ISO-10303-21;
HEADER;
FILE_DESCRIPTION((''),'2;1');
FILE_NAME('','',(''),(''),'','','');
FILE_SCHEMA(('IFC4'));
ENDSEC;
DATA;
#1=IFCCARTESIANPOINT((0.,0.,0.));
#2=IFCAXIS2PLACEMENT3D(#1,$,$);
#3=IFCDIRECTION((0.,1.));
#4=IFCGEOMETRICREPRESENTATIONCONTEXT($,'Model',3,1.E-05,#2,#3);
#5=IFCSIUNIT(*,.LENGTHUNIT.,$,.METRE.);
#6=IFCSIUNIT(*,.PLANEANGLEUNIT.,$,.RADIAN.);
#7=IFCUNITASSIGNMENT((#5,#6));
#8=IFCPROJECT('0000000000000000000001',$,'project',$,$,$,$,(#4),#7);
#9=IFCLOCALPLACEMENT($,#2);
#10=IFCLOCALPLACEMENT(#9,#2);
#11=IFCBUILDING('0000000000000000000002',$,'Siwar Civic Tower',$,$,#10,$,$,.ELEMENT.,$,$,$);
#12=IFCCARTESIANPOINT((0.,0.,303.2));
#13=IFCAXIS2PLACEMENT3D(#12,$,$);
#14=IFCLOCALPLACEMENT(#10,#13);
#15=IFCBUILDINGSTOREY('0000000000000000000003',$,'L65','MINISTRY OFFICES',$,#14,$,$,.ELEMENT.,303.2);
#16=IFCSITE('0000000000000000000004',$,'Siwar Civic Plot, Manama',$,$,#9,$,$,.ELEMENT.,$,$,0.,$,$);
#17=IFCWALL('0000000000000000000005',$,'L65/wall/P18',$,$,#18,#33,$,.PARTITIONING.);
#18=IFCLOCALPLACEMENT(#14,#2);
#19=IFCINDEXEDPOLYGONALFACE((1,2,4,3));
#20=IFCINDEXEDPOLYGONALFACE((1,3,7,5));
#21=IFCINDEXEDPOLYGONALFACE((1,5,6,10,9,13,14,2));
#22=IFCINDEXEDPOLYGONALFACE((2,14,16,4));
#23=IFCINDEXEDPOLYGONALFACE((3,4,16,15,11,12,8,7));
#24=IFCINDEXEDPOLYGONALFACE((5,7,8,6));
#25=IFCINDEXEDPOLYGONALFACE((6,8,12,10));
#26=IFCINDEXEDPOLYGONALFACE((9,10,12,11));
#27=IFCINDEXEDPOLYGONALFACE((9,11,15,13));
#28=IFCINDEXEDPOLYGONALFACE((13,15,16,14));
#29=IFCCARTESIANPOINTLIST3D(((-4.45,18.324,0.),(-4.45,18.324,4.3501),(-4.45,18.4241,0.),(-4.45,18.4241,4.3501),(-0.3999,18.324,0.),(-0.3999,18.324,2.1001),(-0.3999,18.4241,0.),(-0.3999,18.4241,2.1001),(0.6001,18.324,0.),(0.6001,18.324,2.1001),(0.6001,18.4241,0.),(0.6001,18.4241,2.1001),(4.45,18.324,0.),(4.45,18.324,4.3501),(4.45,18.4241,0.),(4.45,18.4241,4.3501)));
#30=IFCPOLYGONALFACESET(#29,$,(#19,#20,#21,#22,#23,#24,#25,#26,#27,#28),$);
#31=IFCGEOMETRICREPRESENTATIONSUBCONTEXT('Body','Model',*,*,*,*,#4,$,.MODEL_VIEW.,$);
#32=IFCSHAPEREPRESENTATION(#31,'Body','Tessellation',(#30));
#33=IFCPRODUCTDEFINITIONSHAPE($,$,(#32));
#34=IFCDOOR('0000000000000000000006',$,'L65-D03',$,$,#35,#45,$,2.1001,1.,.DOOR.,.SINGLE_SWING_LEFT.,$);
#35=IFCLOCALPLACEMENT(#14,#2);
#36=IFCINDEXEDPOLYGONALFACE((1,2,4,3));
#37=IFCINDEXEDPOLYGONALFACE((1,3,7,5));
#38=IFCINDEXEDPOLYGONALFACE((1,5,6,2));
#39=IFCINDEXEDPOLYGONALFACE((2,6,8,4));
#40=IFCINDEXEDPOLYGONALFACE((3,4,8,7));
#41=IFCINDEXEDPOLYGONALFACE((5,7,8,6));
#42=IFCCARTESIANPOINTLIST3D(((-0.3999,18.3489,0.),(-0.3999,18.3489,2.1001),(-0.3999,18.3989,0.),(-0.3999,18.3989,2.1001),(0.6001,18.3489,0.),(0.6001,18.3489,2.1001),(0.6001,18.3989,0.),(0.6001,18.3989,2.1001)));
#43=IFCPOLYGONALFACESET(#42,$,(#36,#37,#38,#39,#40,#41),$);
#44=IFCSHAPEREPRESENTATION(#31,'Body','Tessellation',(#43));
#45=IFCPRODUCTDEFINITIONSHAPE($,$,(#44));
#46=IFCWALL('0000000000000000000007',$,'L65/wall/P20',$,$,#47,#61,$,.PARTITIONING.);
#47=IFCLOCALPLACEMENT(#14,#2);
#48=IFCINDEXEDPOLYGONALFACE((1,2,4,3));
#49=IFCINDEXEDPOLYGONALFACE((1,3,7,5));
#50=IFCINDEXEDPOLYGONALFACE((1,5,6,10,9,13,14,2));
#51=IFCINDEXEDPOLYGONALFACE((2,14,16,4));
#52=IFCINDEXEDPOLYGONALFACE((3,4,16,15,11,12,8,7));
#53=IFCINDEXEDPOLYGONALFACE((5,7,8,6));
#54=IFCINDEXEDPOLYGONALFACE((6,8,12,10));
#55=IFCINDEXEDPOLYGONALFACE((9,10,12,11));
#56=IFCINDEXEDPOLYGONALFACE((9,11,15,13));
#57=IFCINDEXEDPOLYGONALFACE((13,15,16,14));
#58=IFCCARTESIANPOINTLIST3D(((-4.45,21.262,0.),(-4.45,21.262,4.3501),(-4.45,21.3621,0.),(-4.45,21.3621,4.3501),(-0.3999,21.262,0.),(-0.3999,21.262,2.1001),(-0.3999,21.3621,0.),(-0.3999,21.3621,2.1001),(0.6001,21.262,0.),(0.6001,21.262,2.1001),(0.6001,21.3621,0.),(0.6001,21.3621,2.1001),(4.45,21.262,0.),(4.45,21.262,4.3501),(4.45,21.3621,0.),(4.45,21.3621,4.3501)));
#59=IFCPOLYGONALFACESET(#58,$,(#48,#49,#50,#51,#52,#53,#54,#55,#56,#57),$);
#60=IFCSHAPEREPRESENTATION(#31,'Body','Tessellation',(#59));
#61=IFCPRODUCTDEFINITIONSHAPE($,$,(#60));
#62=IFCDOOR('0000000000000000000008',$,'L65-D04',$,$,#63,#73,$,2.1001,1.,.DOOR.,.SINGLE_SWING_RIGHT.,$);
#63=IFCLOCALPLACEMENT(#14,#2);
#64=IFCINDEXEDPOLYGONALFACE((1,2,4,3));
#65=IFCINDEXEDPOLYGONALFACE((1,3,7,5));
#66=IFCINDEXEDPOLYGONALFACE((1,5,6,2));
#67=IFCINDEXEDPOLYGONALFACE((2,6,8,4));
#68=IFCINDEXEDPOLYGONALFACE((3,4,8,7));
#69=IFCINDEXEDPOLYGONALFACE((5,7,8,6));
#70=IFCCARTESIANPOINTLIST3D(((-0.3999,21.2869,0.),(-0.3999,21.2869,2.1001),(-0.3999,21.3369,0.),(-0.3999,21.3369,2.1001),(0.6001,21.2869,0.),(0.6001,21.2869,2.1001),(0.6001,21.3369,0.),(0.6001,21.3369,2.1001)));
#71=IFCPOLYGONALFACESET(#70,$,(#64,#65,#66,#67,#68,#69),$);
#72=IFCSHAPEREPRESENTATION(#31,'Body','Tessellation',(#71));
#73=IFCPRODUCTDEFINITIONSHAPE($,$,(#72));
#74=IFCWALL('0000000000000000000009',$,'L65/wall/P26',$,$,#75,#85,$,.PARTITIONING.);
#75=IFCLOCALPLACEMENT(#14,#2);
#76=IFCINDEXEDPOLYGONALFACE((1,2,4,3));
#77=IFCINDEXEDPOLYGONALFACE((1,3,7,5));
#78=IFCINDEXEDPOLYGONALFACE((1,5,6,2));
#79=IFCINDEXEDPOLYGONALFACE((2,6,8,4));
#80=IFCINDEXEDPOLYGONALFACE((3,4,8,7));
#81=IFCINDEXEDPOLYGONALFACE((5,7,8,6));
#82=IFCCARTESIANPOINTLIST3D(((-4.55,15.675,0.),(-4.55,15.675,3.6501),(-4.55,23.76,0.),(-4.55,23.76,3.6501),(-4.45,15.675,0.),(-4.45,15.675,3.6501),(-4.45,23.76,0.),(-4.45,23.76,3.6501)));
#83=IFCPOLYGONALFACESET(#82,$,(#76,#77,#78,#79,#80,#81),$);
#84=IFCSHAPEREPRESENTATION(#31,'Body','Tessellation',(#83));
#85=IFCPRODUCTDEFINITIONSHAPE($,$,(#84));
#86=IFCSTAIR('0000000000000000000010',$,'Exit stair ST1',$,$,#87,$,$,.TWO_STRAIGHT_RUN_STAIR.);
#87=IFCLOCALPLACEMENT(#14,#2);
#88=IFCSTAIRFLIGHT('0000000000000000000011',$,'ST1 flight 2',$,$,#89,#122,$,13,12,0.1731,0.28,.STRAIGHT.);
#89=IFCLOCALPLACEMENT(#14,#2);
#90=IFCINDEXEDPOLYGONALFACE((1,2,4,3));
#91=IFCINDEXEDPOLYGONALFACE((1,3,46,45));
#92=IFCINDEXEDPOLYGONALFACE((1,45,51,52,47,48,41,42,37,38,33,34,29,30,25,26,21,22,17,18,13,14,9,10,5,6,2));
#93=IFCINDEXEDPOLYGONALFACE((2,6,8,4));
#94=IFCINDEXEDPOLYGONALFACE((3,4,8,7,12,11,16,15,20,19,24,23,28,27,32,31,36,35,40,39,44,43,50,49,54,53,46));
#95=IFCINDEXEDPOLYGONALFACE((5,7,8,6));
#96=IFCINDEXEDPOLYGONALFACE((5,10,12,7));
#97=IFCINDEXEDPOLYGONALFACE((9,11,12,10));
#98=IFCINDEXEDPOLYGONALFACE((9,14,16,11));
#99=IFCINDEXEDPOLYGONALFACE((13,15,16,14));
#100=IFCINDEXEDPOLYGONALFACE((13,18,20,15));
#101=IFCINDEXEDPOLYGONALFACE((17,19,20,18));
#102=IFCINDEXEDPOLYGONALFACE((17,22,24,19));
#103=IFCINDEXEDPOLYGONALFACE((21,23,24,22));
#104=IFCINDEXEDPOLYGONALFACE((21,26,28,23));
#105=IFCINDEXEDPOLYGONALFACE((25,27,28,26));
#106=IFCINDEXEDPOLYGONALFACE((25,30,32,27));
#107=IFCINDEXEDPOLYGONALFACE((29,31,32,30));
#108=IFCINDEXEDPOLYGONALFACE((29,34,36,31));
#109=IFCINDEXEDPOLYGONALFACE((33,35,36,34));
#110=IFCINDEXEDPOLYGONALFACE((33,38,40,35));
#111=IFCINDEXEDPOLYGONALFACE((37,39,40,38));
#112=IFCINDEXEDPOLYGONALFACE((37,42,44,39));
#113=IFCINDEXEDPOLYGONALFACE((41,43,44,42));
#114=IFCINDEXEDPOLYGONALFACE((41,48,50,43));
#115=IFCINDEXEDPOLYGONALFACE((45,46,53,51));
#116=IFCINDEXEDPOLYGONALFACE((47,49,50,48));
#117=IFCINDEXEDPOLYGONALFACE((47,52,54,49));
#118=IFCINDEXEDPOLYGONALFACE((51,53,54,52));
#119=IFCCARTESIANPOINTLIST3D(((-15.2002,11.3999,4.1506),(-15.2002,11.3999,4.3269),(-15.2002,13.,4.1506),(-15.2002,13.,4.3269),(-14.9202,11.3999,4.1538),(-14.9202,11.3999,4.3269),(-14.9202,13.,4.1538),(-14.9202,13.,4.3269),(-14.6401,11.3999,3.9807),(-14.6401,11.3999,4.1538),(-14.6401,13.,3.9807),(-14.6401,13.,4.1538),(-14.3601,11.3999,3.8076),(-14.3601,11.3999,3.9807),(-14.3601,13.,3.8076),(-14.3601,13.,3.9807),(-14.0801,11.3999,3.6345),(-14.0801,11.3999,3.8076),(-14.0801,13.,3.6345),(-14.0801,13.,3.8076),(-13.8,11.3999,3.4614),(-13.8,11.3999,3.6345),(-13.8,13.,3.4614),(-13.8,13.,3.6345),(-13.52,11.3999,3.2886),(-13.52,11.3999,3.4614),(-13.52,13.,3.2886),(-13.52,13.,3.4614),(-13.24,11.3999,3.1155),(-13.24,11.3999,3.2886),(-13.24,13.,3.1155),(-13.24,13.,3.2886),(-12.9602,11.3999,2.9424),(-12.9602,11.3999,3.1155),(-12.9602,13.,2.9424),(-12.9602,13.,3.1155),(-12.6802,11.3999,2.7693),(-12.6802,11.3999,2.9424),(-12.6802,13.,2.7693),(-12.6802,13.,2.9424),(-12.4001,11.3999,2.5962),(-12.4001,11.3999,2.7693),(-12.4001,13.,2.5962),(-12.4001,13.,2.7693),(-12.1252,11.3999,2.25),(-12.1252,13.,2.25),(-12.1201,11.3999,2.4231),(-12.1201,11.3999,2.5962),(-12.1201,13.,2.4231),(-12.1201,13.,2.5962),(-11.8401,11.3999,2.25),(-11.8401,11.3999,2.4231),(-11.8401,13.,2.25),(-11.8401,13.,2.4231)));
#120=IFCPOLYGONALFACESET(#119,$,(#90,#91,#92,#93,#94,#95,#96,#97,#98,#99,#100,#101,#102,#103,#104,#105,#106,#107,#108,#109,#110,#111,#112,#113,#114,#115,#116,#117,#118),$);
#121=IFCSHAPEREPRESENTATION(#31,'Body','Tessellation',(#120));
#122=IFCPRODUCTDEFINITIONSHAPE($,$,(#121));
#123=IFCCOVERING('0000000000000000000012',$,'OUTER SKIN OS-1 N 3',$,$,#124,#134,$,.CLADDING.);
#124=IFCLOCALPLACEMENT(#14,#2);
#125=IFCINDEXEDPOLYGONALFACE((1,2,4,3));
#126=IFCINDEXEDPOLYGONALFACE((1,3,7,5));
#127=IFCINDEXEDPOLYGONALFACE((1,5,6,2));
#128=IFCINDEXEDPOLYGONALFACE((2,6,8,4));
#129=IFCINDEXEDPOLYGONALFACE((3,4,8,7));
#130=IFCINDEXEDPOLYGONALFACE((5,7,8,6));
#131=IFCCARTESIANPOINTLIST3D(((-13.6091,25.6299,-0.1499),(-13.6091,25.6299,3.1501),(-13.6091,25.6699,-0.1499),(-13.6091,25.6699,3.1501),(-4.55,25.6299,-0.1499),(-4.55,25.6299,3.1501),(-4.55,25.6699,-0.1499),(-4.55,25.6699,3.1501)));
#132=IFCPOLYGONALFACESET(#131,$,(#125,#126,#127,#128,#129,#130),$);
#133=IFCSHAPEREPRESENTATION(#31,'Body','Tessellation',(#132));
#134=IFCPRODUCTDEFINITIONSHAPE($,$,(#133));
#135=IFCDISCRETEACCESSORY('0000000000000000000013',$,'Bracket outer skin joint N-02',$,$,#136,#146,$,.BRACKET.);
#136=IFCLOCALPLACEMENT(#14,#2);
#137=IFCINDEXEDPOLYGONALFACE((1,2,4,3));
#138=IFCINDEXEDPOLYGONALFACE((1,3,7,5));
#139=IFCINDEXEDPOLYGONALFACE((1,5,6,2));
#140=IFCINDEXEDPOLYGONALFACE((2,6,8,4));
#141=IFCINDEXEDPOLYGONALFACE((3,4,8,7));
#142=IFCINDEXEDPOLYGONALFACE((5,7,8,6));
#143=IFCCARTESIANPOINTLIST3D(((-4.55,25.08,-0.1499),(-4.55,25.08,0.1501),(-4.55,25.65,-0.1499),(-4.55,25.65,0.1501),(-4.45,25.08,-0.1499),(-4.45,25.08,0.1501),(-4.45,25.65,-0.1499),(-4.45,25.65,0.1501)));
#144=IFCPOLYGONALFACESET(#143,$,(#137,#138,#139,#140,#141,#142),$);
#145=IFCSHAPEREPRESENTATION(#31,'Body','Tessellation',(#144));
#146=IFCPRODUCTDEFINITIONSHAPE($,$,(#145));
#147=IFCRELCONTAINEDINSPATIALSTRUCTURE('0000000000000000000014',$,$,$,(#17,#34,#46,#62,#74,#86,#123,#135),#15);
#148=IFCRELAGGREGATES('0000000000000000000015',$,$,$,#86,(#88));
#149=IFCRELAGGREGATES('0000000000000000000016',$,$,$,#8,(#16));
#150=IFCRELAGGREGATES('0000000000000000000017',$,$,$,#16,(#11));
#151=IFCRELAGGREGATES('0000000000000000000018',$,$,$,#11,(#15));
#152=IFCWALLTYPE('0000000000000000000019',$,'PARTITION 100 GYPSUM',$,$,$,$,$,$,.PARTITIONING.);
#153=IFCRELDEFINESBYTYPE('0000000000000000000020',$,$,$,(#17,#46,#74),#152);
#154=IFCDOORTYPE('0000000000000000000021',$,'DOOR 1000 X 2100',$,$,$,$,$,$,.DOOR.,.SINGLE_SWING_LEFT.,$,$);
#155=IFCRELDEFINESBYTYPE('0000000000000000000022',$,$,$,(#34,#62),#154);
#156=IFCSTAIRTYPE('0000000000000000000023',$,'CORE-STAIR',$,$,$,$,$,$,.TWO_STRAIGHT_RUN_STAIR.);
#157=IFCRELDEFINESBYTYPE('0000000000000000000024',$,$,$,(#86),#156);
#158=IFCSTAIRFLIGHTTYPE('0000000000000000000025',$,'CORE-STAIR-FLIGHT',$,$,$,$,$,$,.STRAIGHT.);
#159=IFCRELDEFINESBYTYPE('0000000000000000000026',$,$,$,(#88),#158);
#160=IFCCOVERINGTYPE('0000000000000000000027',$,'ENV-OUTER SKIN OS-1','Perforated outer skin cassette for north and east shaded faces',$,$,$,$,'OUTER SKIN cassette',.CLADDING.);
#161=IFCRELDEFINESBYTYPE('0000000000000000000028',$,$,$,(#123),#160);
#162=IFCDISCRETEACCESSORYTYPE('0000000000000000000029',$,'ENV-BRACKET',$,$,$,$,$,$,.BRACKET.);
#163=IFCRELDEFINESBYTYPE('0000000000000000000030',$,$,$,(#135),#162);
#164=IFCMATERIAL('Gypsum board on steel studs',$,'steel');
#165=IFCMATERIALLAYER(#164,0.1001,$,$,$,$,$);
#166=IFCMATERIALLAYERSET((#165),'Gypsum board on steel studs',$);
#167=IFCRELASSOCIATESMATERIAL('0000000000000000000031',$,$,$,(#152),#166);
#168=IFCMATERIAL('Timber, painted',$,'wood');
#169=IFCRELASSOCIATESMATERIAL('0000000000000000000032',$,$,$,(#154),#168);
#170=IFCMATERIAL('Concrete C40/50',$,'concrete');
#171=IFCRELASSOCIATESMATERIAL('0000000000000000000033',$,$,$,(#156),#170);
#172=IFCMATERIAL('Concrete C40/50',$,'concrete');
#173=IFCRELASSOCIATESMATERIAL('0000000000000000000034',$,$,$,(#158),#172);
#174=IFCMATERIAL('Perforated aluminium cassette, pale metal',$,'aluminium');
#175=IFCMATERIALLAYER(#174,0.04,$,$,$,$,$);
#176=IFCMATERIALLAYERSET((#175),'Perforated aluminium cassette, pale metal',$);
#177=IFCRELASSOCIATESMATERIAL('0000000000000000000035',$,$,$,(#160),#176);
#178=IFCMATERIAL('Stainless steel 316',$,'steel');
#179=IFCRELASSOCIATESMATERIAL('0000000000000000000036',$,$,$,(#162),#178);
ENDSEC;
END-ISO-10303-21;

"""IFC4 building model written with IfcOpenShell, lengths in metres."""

from ifc_helpers import new_model, si_unit, direction, frame, frame_2d, origin, origin_2d, place, context, subcontext, project, spatial, polyline, rectangle, outline, extrude, material, layer, layer_set, type_object, element, fill, aggregate, save


model = new_model("IFC4")

# Units and contexts
model_context = context("Model", 3, precision=1e-05, world=origin(), true_north=direction((0.0, 1.0)))
body_context = subcontext(model_context, "Body", "Model", "MODEL_VIEW")
ifc_project = project(units=[si_unit("LENGTHUNIT", "METRE"), si_unit("PLANEANGLEUNIT", "RADIAN")], contexts=[model_context])

# Site, building, storey
site_placement = place(None, origin())
site = spatial("IfcSite", under=ifc_project, at=site_placement, Name="Siwar Civic Plot, Manama", CompositionType="ELEMENT", RefElevation=0.0)
building_placement = place(site_placement, origin())
building = spatial("IfcBuilding", under=site, at=building_placement, Name="Siwar Civic Tower", CompositionType="ELEMENT")
storey_placement = place(building_placement, frame((0.0, 0.0, 303.2)))
storey = spatial("IfcBuildingStorey", under=building, at=storey_placement, Name="L65", Description="MINISTRY OFFICES", CompositionType="ELEMENT", Elevation=303.2)

# Walls, openings, doors
ifc_material_1 = material(Name="Gypsum board on steel studs", Category="steel")
ifc_layer_1 = layer(ifc_material_1, 0.1001)
ifc_layer_set_1 = layer_set([ifc_layer_1], Name="Gypsum board on steel studs")
wall_type_1 = type_object("IfcWallType", Name="PARTITION 100 GYPSUM", PredefinedType="PARTITIONING", material=ifc_layer_set_1)
wall_1_placement = place(storey_placement, frame((-4.45, 18.374, 0.0), z_axis=(0.0, 0.0, 1.0), x_axis=(1.0, 0.0, 0.0)))
wall_1 = element("IfcWall", 1, at=wall_1_placement, inside=storey, type_object=wall_type_1, Name="L65/wall/P18", PredefinedType="PARTITIONING", context=body_context, shape_type="SweptSolid", body=[
    extrude(rectangle(XDim=8.8999, YDim=0.1001, at=frame_2d((4.45, 0.0))), origin(), (0.0, 0.0, 1.0), 4.3501),
])
opening_1_placement = place(wall_1_placement, frame((4.05, 0.0, 0.0)))
opening_1 = element("IfcOpeningElement", 2, at=opening_1_placement, cuts=wall_1, PredefinedType="OPENING", context=body_context, shape_type="SweptSolid", body=[
    extrude(rectangle(XDim=1.0, YDim=2.1001, at=frame_2d((0.5, 1.05))), frame((0.0, 0.0601, 0.0), z_axis=(0.0, -1.0, 0.0), x_axis=(1.0, 0.0, 0.0)), (0.0, 0.0, 1.0), 0.1201),
])
ifc_material_2 = material(Name="Timber, painted", Category="wood")
door_type_1 = type_object("IfcDoorType", Name="DOOR 1000 X 2100", OperationType="SINGLE_SWING_LEFT", PredefinedType="DOOR", material=ifc_material_2)
door_1_placement = place(opening_1_placement, origin())
door_1 = element("IfcDoor", 3, at=door_1_placement, inside=storey, type_object=door_type_1, Name="L65-D03", OperationType="SINGLE_SWING_LEFT", OverallHeight=2.1001, OverallWidth=1.0, PredefinedType="DOOR", context=body_context, shape_type="SweptSolid", body=[
    extrude(rectangle(XDim=1.0, YDim=2.1001, at=frame_2d((0.5, 1.05))), frame((0.0, 0.0249, 0.0), z_axis=(0.0, -1.0, 0.0), x_axis=(1.0, 0.0, 0.0)), (0.0, 0.0, 1.0), 0.05),
])
fill(opening_1, door_1)
wall_2_placement = place(storey_placement, frame((-4.45, 21.312, 0.0), z_axis=(0.0, 0.0, 1.0), x_axis=(1.0, 0.0, 0.0)))
wall_2 = element("IfcWall", 4, at=wall_2_placement, inside=storey, type_object=wall_type_1, Name="L65/wall/P20", PredefinedType="PARTITIONING", context=body_context, shape_type="SweptSolid", body=[
    extrude(rectangle(XDim=8.8999, YDim=0.1001, at=frame_2d((4.45, 0.0))), origin(), (0.0, 0.0, 1.0), 4.3501),
])
opening_2_placement = place(wall_2_placement, frame((4.05, 0.0, 0.0)))
opening_2 = element("IfcOpeningElement", 5, at=opening_2_placement, cuts=wall_2, PredefinedType="OPENING", context=body_context, shape_type="SweptSolid", body=[
    extrude(rectangle(XDim=1.0, YDim=2.1001, at=frame_2d((0.5, 1.05))), frame((0.0, 0.0601, 0.0), z_axis=(0.0, -1.0, 0.0), x_axis=(1.0, 0.0, 0.0)), (0.0, 0.0, 1.0), 0.1201),
])
door_2_placement = place(opening_2_placement, origin())
door_2 = element("IfcDoor", 6, at=door_2_placement, inside=storey, type_object=door_type_1, Name="L65-D04", OperationType="SINGLE_SWING_RIGHT", OverallHeight=2.1001, OverallWidth=1.0, PredefinedType="DOOR", context=body_context, shape_type="SweptSolid", body=[
    extrude(rectangle(XDim=1.0, YDim=2.1001, at=frame_2d((0.5, 1.05))), frame((0.0, 0.0249, 0.0), z_axis=(0.0, -1.0, 0.0), x_axis=(1.0, 0.0, 0.0)), (0.0, 0.0, 1.0), 0.05),
])
fill(opening_2, door_2)

# Wall
wall_3_placement = place(storey_placement, frame((-4.5, 15.675, 0.0), z_axis=(0.0, 0.0, 1.0), x_axis=(0.0, 1.0, 0.0)))
element("IfcWall", 7, at=wall_3_placement, inside=storey, type_object=wall_type_1, Name="L65/wall/P26", PredefinedType="PARTITIONING", context=body_context, shape_type="SweptSolid", body=[
    extrude(rectangle(XDim=8.085, YDim=0.1001, at=frame_2d((4.0425, 0.0))), origin(), (0.0, 0.0, 1.0), 3.6501),
])

# Stair, stair flight
ifc_material_3 = material(Name="Concrete C40/50", Category="concrete")
stair_type = type_object("IfcStairType", Name="CORE-STAIR", PredefinedType="TWO_STRAIGHT_RUN_STAIR", material=ifc_material_3)
stair_placement = place(storey_placement, origin())
stair = element("IfcStair", 8, at=stair_placement, inside=storey, type_object=stair_type, Name="Exit stair ST1", PredefinedType="TWO_STRAIGHT_RUN_STAIR")
ifc_material_4 = material(Name="Concrete C40/50", Category="concrete")
stair_flight_type = type_object("IfcStairFlightType", Name="CORE-STAIR-FLIGHT", PredefinedType="STRAIGHT", material=ifc_material_4)
stair_flight_placement = place(storey_placement, frame((-11.8401, 12.2, 2.25), z_axis=(0.0, 0.0, 1.0), x_axis=(-1.0, 0.0, 0.0)))
stair_flight = element("IfcStairFlight", 9, at=stair_flight_placement, type_object=stair_flight_type, Name="ST1 flight 2", NumberOfRisers=13, NumberOfTreads=12, PredefinedType="STRAIGHT", RiserHeight=0.1731, TreadLength=0.28, context=body_context, shape_type="SweptSolid", body=[
    extrude(outline(polyline([(0.0, 0.0), (0.0, 0.1731), (0.28, 0.1731), (0.28, 0.3462), (0.5601, 0.3462), (0.5601, 0.5193), (0.8401, 0.5193), (0.8401, 0.6924), (1.1201, 0.6924), (1.1201, 0.8655), (1.3999, 0.8655), (1.3999, 1.0386), (1.6799, 1.0386), (1.6799, 1.2114), (1.96, 1.2114), (1.96, 1.3845), (2.24, 1.3845), (2.24, 1.5576), (2.52, 1.5576), (2.52, 1.7307), (2.8, 1.7307), (2.8, 1.9038), (3.0801, 1.9038), (3.0801, 2.0769), (3.3601, 2.0769), (3.3601, 2.25), (3.3601, 1.9006), (0.2852, 0.0), (0.0, 0.0)])), frame((0.0, 0.8, 0.0), z_axis=(0.0, -1.0, 0.0), x_axis=(1.0, 0.0, 0.0)), (0.0, 0.0, 1.0), 1.6001),
])
aggregate(stair, [stair_flight])

# Covering
ifc_material_5 = material(Name="Perforated aluminium cassette, pale metal", Category="aluminium")
ifc_layer_2 = layer(ifc_material_5, 0.04)
ifc_layer_set_2 = layer_set([ifc_layer_2], Name="Perforated aluminium cassette, pale metal")
covering_type = type_object("IfcCoveringType", Name="ENV-OUTER SKIN OS-1", Description="Perforated outer skin cassette for north and east shaded faces", ElementType="OUTER SKIN cassette", PredefinedType="CLADDING", material=ifc_layer_set_2)
covering_placement = place(storey_placement, frame((-9.0796, 25.6499, -0.1499), z_axis=(0.0, 0.0, 1.0), x_axis=(-1.0, 0.0, 0.0)))
element("IfcCovering", 10, at=covering_placement, inside=storey, type_object=covering_type, Name="OUTER SKIN OS-1 N 3", PredefinedType="CLADDING", context=body_context, shape_type="SweptSolid", body=[
    extrude(rectangle(XDim=9.0591, YDim=0.04, at=origin_2d()), origin(), (0.0, 0.0, 1.0), 3.3),
])

# Discrete accessory
ifc_material_6 = material(Name="Stainless steel 316", Category="steel")
discrete_accessory_type = type_object("IfcDiscreteAccessoryType", Name="ENV-BRACKET", PredefinedType="BRACKET", material=ifc_material_6)
discrete_accessory_placement = place(storey_placement, frame((-4.5, 25.365, -0.1499), z_axis=(0.0, 0.0, 1.0), x_axis=(0.0, 1.0, 0.0)))
element("IfcDiscreteAccessory", 11, at=discrete_accessory_placement, inside=storey, type_object=discrete_accessory_type, Name="Bracket outer skin joint N-02", PredefinedType="BRACKET", context=body_context, shape_type="SweptSolid", body=[
    extrude(rectangle(XDim=0.5701, YDim=0.1001, at=origin_2d()), origin(), (0.0, 0.0, 1.0), 0.3),
])

save(model, "model.ifc")
